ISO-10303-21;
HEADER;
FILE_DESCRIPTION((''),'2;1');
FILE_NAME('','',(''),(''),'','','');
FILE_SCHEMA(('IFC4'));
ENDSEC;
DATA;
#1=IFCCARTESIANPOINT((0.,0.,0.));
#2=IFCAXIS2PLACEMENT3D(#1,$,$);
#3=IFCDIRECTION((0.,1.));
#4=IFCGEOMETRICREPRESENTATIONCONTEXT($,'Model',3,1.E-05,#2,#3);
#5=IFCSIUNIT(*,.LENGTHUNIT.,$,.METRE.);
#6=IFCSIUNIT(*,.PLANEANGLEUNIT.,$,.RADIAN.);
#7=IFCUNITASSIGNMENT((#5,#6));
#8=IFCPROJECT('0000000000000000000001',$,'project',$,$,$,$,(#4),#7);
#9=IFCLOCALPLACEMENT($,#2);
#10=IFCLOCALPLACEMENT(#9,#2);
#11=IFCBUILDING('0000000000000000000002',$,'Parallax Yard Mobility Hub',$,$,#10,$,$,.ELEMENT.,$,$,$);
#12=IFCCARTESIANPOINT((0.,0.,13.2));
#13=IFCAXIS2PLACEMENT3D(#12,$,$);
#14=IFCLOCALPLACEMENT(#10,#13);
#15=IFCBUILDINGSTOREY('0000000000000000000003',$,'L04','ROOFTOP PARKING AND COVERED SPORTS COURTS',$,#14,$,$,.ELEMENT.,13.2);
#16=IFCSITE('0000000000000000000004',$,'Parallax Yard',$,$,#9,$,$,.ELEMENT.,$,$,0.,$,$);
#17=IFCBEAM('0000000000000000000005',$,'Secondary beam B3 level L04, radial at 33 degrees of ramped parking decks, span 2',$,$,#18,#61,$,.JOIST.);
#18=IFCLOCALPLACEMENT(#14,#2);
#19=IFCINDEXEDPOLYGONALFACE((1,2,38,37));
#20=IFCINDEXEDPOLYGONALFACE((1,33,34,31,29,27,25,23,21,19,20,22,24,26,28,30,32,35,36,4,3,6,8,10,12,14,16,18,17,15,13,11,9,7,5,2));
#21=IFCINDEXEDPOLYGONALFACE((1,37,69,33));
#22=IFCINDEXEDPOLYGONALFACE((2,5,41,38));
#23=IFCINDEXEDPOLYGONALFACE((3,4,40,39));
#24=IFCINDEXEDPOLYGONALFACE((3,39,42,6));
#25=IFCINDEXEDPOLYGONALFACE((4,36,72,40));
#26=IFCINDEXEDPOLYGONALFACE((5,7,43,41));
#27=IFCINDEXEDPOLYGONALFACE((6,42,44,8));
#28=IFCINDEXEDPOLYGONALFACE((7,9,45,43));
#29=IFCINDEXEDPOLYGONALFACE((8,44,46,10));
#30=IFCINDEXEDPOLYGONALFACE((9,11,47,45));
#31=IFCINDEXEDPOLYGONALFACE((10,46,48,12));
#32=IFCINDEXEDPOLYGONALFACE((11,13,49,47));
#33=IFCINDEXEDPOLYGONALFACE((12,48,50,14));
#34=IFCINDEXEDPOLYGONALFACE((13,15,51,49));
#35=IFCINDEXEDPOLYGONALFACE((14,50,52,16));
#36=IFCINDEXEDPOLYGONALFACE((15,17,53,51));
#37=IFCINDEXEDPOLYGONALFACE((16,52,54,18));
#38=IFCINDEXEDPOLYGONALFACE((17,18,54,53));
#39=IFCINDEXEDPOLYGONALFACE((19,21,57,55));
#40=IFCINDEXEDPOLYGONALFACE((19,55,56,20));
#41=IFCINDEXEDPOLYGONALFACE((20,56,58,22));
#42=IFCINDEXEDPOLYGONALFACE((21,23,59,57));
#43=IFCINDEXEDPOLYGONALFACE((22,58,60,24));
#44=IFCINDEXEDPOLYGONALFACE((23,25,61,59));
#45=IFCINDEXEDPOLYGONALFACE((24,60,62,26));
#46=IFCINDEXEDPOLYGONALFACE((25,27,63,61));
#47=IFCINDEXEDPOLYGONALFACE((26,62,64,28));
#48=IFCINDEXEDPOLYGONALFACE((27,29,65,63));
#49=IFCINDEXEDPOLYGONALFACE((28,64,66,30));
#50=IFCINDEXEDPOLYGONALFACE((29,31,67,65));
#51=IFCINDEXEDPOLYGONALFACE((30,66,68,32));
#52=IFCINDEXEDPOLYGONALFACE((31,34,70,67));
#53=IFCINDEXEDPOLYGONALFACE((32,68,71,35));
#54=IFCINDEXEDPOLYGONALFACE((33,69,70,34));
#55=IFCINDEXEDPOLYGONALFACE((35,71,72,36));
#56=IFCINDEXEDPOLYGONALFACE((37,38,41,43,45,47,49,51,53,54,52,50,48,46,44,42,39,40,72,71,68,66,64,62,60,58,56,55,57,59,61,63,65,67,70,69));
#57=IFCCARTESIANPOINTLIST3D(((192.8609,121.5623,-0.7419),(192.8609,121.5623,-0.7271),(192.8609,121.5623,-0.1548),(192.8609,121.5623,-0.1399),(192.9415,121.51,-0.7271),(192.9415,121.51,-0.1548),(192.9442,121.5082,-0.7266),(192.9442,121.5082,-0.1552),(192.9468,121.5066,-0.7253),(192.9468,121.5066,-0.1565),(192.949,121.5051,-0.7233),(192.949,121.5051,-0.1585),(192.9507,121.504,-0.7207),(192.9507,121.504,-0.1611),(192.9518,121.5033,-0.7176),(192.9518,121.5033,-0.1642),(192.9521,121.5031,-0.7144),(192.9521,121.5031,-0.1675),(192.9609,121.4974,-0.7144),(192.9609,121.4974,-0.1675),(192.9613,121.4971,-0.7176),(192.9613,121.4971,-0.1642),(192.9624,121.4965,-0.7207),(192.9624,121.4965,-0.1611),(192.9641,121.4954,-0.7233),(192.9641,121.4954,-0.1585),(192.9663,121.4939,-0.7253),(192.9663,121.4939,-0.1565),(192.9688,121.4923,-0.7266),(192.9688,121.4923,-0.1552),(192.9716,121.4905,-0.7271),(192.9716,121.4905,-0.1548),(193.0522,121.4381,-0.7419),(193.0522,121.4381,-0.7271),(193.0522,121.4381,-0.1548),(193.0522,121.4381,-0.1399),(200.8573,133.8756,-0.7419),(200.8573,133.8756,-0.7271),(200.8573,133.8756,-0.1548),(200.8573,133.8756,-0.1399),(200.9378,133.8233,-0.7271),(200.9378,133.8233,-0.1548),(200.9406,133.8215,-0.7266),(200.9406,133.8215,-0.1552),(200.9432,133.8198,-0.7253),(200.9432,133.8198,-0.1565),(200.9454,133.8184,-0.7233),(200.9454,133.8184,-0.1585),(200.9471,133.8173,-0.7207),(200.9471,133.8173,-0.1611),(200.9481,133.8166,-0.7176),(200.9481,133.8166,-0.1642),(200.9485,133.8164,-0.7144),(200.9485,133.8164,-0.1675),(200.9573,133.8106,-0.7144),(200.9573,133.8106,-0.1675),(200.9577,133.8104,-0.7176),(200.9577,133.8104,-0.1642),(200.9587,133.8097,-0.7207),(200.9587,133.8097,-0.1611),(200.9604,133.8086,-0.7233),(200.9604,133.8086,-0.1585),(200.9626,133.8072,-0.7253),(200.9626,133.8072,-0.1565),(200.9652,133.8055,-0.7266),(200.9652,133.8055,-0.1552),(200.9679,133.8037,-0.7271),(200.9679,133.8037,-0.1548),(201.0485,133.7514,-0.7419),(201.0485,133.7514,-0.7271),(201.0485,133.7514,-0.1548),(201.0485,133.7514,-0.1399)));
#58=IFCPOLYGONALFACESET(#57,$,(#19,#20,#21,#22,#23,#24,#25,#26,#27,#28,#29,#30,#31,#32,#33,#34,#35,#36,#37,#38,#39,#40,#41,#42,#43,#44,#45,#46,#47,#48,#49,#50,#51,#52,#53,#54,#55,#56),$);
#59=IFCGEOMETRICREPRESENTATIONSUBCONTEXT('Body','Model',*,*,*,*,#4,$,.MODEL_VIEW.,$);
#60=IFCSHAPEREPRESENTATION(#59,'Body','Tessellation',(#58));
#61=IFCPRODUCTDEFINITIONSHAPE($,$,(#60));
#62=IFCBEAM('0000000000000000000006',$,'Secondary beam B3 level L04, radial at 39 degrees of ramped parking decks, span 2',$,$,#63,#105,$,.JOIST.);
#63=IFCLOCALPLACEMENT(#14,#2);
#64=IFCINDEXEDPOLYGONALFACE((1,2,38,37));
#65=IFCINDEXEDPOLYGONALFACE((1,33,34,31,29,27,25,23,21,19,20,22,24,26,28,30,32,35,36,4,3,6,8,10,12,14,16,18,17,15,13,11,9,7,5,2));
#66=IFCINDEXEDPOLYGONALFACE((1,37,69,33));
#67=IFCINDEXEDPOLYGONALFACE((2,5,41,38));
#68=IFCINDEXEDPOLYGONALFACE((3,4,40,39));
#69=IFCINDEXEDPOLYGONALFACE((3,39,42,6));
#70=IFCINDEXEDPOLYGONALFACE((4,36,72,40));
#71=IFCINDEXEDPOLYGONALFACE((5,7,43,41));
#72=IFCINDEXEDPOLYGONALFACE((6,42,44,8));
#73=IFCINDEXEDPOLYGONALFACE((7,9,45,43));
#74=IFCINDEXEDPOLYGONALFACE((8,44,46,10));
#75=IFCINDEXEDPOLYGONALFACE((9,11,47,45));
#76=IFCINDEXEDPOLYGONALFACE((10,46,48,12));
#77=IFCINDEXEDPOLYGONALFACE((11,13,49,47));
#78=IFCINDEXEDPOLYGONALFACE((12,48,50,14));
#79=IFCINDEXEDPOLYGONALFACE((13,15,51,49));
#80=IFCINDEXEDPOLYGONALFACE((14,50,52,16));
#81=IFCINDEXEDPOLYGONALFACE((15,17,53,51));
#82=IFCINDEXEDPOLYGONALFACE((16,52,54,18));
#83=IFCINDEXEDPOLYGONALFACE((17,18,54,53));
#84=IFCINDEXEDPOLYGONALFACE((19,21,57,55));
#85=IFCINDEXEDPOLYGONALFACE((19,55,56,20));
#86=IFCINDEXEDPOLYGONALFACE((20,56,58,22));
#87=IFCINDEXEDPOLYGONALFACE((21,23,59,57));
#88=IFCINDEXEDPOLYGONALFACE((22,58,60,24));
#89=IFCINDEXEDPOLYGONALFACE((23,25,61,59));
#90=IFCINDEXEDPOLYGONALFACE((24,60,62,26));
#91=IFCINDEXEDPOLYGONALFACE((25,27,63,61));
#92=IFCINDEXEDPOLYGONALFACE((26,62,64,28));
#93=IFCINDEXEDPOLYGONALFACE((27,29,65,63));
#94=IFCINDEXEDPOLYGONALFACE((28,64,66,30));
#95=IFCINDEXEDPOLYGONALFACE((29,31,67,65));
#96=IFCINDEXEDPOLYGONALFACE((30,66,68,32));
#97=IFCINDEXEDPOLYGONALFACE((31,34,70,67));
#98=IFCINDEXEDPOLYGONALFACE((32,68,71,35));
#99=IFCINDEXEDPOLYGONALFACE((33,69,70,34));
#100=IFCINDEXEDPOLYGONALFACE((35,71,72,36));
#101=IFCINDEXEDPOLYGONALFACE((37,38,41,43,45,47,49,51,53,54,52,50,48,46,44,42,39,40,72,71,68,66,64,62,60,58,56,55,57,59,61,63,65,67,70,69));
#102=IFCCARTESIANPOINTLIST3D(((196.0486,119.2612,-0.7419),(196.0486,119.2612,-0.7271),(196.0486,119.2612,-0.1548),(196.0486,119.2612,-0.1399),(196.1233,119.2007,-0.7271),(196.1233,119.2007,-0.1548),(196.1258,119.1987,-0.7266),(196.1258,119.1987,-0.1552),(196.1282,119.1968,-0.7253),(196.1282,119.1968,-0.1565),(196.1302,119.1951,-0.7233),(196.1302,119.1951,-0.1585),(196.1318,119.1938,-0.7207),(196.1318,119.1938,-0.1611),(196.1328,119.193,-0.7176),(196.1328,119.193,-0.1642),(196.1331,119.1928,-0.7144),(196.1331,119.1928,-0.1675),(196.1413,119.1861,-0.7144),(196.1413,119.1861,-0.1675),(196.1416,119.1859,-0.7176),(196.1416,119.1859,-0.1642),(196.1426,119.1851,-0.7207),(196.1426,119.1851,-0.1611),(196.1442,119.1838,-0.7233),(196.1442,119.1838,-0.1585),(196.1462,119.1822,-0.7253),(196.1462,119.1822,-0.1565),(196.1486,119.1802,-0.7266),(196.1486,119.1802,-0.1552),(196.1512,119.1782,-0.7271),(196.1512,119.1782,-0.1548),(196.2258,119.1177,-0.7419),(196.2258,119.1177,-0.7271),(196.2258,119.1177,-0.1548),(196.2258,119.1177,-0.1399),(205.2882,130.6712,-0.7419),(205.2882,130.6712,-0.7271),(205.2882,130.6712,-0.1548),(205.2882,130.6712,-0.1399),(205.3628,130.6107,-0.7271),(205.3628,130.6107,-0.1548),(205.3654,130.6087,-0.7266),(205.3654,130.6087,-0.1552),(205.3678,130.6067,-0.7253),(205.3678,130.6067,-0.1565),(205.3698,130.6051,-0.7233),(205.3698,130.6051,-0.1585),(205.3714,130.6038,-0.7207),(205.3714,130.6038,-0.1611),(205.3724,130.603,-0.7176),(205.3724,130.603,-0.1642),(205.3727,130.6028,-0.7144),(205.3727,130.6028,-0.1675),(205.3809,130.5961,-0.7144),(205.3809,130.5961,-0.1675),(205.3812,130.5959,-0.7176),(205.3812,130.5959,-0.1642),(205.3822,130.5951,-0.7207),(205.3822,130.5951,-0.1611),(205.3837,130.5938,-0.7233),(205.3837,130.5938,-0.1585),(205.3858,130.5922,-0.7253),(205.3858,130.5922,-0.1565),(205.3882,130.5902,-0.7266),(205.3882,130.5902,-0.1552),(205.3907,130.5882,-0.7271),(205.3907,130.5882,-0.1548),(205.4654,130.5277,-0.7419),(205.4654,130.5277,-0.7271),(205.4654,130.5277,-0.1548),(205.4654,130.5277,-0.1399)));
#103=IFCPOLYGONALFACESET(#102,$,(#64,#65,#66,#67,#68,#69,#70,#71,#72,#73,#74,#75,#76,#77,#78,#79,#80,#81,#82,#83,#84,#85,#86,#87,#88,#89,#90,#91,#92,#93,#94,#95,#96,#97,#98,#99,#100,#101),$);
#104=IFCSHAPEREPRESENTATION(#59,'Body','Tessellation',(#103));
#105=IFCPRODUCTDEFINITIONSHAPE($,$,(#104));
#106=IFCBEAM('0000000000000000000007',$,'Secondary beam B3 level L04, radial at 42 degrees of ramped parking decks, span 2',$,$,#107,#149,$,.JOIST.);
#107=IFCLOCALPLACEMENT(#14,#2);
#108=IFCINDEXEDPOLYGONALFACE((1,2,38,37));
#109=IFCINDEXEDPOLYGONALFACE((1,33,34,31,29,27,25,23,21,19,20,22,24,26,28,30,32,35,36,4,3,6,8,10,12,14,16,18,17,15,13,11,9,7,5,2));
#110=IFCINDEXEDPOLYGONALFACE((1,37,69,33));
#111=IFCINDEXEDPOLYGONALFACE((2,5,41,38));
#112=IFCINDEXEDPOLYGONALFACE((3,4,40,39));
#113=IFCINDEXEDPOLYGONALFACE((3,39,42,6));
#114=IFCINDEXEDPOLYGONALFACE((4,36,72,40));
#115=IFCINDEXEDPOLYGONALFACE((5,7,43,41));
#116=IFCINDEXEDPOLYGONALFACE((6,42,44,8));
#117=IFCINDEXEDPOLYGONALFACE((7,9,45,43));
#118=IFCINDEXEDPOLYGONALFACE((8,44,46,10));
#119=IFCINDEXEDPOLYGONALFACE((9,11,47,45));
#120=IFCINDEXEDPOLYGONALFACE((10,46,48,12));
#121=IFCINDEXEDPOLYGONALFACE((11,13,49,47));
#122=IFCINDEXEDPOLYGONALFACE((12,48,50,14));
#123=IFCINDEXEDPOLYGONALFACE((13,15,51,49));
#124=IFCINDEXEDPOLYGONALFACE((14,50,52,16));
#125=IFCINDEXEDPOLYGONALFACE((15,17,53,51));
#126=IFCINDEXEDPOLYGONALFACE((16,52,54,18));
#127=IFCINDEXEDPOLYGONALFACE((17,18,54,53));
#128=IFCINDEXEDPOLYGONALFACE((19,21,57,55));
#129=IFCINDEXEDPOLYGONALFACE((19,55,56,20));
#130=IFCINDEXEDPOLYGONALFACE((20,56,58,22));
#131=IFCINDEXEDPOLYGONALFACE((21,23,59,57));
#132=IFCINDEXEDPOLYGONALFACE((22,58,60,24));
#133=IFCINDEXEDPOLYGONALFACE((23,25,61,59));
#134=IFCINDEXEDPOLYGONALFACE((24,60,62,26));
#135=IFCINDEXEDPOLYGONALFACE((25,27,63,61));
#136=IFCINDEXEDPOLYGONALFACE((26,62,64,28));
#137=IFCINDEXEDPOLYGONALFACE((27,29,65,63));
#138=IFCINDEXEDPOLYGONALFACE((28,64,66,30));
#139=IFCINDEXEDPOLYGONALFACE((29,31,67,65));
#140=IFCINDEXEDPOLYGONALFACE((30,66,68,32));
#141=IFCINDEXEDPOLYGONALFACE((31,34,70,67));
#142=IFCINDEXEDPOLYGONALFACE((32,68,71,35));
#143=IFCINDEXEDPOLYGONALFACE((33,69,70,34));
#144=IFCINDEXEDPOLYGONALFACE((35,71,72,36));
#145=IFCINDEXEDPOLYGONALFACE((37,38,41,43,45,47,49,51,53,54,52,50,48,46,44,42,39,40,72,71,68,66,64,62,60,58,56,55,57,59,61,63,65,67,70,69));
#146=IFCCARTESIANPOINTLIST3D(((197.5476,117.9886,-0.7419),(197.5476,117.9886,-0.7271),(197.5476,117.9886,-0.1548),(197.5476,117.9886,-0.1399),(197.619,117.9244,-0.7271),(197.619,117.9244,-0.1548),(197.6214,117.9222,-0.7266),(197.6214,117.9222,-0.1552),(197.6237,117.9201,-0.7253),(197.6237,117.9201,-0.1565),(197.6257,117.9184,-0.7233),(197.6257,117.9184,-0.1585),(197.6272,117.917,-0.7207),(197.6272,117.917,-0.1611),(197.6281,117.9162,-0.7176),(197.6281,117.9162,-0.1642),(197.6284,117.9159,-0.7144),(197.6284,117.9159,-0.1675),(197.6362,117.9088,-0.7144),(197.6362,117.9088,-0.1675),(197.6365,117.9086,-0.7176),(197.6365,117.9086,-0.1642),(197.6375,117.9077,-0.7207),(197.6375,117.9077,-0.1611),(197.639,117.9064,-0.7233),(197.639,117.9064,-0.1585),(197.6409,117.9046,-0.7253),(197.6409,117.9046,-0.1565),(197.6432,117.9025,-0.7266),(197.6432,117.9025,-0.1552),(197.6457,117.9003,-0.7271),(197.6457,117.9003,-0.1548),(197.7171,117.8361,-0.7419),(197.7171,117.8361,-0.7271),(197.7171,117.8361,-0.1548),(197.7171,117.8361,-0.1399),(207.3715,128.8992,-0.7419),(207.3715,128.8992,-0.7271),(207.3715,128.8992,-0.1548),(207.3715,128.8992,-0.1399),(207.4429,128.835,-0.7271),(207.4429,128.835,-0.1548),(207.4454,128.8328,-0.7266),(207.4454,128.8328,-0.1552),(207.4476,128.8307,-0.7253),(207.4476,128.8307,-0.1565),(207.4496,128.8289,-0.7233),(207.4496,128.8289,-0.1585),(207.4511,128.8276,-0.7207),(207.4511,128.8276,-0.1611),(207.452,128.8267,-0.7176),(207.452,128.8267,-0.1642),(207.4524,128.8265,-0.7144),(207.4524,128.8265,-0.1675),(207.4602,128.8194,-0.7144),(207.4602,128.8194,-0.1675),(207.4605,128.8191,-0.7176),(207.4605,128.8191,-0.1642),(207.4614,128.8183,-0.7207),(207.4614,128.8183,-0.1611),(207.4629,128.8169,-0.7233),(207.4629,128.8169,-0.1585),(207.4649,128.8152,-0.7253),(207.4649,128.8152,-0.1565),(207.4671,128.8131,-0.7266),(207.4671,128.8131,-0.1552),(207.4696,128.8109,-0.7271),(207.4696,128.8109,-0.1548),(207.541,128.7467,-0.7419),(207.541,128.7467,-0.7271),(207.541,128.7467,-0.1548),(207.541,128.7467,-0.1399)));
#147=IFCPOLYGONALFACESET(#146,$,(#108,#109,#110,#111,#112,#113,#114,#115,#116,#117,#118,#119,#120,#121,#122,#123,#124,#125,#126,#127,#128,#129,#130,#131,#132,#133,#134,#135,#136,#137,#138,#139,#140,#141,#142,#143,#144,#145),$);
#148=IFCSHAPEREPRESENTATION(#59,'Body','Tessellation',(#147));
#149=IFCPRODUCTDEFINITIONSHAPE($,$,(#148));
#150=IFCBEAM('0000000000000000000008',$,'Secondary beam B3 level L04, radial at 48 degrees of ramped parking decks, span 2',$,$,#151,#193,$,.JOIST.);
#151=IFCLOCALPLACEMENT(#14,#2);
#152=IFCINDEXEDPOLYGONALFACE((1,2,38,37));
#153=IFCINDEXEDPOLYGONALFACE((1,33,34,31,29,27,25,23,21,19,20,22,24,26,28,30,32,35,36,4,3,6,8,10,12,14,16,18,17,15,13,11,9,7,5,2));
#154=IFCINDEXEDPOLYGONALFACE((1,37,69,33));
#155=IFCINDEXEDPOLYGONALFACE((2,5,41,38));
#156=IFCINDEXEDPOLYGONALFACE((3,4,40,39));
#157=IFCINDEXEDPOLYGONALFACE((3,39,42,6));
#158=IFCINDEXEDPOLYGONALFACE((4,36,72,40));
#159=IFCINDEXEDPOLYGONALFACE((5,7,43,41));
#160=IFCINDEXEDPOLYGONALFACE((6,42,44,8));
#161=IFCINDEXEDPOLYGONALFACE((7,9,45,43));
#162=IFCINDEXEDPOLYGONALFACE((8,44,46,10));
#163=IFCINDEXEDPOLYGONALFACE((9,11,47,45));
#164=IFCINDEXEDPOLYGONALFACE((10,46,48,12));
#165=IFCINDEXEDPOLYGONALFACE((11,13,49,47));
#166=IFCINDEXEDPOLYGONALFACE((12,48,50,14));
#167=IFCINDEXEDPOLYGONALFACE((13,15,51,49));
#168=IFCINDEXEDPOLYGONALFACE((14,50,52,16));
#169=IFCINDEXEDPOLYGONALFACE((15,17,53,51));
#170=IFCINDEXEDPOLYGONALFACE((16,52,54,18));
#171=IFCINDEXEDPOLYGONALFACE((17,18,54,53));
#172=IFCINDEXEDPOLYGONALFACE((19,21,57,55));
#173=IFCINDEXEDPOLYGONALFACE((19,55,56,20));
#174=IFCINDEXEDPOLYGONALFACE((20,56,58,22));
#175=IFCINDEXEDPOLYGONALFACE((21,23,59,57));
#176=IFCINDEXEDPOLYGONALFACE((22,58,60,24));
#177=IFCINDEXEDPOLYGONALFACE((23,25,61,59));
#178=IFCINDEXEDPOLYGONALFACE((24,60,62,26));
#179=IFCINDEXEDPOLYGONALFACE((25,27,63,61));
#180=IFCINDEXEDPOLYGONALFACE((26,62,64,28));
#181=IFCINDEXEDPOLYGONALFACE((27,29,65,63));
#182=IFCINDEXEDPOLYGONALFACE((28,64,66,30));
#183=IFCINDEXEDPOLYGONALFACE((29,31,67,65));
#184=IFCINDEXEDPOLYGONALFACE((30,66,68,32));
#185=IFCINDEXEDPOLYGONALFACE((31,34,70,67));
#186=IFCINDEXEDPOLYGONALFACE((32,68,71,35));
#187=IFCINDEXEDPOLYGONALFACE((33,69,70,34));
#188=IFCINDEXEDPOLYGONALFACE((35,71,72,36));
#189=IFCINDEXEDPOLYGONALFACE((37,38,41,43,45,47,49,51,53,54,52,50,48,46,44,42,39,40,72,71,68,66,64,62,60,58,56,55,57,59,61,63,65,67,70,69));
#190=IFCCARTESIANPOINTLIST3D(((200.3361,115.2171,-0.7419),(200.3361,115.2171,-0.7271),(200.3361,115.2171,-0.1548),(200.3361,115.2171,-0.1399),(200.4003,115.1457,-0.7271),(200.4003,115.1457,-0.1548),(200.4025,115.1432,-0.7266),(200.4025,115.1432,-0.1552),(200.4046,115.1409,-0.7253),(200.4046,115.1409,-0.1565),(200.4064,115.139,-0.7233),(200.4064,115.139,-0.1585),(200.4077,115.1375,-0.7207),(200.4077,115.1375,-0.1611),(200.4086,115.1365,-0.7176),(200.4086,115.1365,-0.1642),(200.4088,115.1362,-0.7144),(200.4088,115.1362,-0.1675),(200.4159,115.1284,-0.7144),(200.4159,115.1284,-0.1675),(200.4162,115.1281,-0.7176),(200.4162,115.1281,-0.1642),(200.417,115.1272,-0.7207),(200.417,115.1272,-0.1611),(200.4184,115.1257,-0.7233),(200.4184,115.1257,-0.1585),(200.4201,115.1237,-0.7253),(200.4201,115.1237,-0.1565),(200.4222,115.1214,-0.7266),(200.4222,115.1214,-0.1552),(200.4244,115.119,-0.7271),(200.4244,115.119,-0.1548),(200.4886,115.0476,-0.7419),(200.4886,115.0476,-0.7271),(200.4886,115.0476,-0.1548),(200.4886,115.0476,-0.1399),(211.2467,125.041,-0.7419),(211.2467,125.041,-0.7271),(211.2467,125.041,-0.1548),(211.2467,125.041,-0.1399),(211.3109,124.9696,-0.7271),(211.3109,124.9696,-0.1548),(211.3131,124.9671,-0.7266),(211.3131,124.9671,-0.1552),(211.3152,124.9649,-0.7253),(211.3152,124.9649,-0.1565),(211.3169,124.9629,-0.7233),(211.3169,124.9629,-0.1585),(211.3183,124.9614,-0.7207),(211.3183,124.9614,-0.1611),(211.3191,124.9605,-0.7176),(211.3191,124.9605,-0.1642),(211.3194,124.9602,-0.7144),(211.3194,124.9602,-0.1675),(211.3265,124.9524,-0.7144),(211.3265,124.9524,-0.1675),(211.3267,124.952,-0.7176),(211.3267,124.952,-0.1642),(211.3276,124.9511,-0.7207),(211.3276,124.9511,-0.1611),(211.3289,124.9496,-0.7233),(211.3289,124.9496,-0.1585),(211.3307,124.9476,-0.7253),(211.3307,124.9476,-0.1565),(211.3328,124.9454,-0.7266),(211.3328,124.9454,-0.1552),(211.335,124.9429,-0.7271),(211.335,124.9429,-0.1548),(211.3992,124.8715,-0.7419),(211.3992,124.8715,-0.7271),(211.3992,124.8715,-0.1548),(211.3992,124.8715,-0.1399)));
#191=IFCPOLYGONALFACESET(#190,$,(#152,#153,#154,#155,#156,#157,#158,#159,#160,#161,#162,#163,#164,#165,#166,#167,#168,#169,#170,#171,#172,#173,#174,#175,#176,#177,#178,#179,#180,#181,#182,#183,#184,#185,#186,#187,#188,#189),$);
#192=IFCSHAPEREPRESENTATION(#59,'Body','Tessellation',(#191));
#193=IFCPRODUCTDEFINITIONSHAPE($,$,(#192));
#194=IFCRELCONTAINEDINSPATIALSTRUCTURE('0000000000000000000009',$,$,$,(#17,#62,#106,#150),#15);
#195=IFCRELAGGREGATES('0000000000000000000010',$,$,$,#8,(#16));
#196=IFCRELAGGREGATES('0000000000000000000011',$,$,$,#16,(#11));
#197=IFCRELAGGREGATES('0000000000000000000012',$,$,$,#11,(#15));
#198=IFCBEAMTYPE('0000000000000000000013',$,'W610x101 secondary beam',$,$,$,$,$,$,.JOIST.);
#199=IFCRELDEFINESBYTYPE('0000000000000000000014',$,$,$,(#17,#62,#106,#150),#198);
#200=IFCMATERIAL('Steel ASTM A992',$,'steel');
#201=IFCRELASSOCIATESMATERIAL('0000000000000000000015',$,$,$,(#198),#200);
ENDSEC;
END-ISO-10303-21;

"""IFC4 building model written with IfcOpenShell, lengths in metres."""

from ifc_helpers import new_model, si_unit, direction, frame, origin, origin_2d, place, context, subcontext, project, spatial, i_section, extrude, material, material_profile, profile_set, type_object, element, save


model = new_model("IFC4")

# Units and contexts
model_context = context("Model", 3, precision=1e-05, world=origin(), true_north=direction((0.0, 1.0)))
body_context = subcontext(model_context, "Body", "Model", "MODEL_VIEW")
ifc_project = project(units=[si_unit("LENGTHUNIT", "METRE"), si_unit("PLANEANGLEUNIT", "RADIAN")], contexts=[model_context])

# Site, building, storey
site_placement = place(None, origin())
site = spatial("IfcSite", under=ifc_project, at=site_placement, Name="Parallax Yard", CompositionType="ELEMENT", RefElevation=0.0)
building_placement = place(site_placement, origin())
building = spatial("IfcBuilding", under=site, at=building_placement, Name="Parallax Yard Mobility Hub", CompositionType="ELEMENT")
storey_placement = place(building_placement, frame((0.0, 0.0, 13.2)))
storey = spatial("IfcBuildingStorey", under=building, at=storey_placement, Name="L04", Description="ROOFTOP PARKING AND COVERED SPORTS COURTS", CompositionType="ELEMENT", Elevation=13.2)

# Shared definitions
ifc_material_1 = material(Name="Steel ASTM A992", Category="steel")

# Beams
ifc_material_profile_1 = material_profile(ifc_material_1, i_section(OverallWidth=0.228, OverallDepth=0.6021, WebThickness=0.0105, FlangeThickness=0.0149, FilletRadius=0.0127, at=origin_2d()), Name="W610x101")
ifc_profile_set_1 = profile_set([ifc_material_profile_1], Name="Steel ASTM A992")
beam_type_1 = type_object("IfcBeamType", Name="W610x101 secondary beam", PredefinedType="JOIST", material=ifc_profile_set_1)
for number, where, z_axis, x_axis, name in (
    (1, (192.9565, 121.5002, -0.4409), (0.544641, 0.83867, 0.0), (-0.83867, 0.544641, 0.0), "Secondary beam B3 level L04, radial at 33 degrees of ramped parking decks, span 2"),
    (2, (196.1372, 119.1895, -0.4409), (0.629318, 0.777148, 0.0), (-0.777148, 0.629318, 0.0), "Secondary beam B3 level L04, radial at 39 degrees of ramped parking decks, span 2"),
):
    element("IfcBeam", number, at=place(storey_placement, frame(where, z_axis=z_axis, x_axis=x_axis)), inside=storey, type_object=beam_type_1, Name=name, PredefinedType="JOIST", context=body_context, shape_type="SweptSolid", body=[
        extrude(i_section(OverallWidth=0.228, OverallDepth=0.6021, WebThickness=0.0105, FlangeThickness=0.0149, FilletRadius=0.0127, at=origin_2d()), origin(), (0.0, 0.0, 1.0), 14.6819),
    ])
for number, where, z_axis, x_axis, name in (
    (3, (197.6323, 117.9124, -0.4409), (0.66913, 0.743145, 0.0), (-0.743145, 0.66913, 0.0), "Secondary beam B3 level L04, radial at 42 degrees of ramped parking decks, span 2"),
    (4, (200.4124, 115.1323, -0.4409), (0.743145, 0.66913, 0.0), (-0.66913, 0.743145, 0.0), "Secondary beam B3 level L04, radial at 48 degrees of ramped parking decks, span 2"),
):
    element("IfcBeam", number, at=place(storey_placement, frame(where, z_axis=z_axis, x_axis=x_axis)), inside=storey, type_object=beam_type_1, Name=name, PredefinedType="JOIST", context=body_context, shape_type="SweptSolid", body=[
        extrude(i_section(OverallWidth=0.228, OverallDepth=0.6021, WebThickness=0.0105, FlangeThickness=0.0149, FilletRadius=0.0127, at=origin_2d()), origin(), (0.0, 0.0, 1.0), 14.6816),
    ])

save(model, "model.ifc")
